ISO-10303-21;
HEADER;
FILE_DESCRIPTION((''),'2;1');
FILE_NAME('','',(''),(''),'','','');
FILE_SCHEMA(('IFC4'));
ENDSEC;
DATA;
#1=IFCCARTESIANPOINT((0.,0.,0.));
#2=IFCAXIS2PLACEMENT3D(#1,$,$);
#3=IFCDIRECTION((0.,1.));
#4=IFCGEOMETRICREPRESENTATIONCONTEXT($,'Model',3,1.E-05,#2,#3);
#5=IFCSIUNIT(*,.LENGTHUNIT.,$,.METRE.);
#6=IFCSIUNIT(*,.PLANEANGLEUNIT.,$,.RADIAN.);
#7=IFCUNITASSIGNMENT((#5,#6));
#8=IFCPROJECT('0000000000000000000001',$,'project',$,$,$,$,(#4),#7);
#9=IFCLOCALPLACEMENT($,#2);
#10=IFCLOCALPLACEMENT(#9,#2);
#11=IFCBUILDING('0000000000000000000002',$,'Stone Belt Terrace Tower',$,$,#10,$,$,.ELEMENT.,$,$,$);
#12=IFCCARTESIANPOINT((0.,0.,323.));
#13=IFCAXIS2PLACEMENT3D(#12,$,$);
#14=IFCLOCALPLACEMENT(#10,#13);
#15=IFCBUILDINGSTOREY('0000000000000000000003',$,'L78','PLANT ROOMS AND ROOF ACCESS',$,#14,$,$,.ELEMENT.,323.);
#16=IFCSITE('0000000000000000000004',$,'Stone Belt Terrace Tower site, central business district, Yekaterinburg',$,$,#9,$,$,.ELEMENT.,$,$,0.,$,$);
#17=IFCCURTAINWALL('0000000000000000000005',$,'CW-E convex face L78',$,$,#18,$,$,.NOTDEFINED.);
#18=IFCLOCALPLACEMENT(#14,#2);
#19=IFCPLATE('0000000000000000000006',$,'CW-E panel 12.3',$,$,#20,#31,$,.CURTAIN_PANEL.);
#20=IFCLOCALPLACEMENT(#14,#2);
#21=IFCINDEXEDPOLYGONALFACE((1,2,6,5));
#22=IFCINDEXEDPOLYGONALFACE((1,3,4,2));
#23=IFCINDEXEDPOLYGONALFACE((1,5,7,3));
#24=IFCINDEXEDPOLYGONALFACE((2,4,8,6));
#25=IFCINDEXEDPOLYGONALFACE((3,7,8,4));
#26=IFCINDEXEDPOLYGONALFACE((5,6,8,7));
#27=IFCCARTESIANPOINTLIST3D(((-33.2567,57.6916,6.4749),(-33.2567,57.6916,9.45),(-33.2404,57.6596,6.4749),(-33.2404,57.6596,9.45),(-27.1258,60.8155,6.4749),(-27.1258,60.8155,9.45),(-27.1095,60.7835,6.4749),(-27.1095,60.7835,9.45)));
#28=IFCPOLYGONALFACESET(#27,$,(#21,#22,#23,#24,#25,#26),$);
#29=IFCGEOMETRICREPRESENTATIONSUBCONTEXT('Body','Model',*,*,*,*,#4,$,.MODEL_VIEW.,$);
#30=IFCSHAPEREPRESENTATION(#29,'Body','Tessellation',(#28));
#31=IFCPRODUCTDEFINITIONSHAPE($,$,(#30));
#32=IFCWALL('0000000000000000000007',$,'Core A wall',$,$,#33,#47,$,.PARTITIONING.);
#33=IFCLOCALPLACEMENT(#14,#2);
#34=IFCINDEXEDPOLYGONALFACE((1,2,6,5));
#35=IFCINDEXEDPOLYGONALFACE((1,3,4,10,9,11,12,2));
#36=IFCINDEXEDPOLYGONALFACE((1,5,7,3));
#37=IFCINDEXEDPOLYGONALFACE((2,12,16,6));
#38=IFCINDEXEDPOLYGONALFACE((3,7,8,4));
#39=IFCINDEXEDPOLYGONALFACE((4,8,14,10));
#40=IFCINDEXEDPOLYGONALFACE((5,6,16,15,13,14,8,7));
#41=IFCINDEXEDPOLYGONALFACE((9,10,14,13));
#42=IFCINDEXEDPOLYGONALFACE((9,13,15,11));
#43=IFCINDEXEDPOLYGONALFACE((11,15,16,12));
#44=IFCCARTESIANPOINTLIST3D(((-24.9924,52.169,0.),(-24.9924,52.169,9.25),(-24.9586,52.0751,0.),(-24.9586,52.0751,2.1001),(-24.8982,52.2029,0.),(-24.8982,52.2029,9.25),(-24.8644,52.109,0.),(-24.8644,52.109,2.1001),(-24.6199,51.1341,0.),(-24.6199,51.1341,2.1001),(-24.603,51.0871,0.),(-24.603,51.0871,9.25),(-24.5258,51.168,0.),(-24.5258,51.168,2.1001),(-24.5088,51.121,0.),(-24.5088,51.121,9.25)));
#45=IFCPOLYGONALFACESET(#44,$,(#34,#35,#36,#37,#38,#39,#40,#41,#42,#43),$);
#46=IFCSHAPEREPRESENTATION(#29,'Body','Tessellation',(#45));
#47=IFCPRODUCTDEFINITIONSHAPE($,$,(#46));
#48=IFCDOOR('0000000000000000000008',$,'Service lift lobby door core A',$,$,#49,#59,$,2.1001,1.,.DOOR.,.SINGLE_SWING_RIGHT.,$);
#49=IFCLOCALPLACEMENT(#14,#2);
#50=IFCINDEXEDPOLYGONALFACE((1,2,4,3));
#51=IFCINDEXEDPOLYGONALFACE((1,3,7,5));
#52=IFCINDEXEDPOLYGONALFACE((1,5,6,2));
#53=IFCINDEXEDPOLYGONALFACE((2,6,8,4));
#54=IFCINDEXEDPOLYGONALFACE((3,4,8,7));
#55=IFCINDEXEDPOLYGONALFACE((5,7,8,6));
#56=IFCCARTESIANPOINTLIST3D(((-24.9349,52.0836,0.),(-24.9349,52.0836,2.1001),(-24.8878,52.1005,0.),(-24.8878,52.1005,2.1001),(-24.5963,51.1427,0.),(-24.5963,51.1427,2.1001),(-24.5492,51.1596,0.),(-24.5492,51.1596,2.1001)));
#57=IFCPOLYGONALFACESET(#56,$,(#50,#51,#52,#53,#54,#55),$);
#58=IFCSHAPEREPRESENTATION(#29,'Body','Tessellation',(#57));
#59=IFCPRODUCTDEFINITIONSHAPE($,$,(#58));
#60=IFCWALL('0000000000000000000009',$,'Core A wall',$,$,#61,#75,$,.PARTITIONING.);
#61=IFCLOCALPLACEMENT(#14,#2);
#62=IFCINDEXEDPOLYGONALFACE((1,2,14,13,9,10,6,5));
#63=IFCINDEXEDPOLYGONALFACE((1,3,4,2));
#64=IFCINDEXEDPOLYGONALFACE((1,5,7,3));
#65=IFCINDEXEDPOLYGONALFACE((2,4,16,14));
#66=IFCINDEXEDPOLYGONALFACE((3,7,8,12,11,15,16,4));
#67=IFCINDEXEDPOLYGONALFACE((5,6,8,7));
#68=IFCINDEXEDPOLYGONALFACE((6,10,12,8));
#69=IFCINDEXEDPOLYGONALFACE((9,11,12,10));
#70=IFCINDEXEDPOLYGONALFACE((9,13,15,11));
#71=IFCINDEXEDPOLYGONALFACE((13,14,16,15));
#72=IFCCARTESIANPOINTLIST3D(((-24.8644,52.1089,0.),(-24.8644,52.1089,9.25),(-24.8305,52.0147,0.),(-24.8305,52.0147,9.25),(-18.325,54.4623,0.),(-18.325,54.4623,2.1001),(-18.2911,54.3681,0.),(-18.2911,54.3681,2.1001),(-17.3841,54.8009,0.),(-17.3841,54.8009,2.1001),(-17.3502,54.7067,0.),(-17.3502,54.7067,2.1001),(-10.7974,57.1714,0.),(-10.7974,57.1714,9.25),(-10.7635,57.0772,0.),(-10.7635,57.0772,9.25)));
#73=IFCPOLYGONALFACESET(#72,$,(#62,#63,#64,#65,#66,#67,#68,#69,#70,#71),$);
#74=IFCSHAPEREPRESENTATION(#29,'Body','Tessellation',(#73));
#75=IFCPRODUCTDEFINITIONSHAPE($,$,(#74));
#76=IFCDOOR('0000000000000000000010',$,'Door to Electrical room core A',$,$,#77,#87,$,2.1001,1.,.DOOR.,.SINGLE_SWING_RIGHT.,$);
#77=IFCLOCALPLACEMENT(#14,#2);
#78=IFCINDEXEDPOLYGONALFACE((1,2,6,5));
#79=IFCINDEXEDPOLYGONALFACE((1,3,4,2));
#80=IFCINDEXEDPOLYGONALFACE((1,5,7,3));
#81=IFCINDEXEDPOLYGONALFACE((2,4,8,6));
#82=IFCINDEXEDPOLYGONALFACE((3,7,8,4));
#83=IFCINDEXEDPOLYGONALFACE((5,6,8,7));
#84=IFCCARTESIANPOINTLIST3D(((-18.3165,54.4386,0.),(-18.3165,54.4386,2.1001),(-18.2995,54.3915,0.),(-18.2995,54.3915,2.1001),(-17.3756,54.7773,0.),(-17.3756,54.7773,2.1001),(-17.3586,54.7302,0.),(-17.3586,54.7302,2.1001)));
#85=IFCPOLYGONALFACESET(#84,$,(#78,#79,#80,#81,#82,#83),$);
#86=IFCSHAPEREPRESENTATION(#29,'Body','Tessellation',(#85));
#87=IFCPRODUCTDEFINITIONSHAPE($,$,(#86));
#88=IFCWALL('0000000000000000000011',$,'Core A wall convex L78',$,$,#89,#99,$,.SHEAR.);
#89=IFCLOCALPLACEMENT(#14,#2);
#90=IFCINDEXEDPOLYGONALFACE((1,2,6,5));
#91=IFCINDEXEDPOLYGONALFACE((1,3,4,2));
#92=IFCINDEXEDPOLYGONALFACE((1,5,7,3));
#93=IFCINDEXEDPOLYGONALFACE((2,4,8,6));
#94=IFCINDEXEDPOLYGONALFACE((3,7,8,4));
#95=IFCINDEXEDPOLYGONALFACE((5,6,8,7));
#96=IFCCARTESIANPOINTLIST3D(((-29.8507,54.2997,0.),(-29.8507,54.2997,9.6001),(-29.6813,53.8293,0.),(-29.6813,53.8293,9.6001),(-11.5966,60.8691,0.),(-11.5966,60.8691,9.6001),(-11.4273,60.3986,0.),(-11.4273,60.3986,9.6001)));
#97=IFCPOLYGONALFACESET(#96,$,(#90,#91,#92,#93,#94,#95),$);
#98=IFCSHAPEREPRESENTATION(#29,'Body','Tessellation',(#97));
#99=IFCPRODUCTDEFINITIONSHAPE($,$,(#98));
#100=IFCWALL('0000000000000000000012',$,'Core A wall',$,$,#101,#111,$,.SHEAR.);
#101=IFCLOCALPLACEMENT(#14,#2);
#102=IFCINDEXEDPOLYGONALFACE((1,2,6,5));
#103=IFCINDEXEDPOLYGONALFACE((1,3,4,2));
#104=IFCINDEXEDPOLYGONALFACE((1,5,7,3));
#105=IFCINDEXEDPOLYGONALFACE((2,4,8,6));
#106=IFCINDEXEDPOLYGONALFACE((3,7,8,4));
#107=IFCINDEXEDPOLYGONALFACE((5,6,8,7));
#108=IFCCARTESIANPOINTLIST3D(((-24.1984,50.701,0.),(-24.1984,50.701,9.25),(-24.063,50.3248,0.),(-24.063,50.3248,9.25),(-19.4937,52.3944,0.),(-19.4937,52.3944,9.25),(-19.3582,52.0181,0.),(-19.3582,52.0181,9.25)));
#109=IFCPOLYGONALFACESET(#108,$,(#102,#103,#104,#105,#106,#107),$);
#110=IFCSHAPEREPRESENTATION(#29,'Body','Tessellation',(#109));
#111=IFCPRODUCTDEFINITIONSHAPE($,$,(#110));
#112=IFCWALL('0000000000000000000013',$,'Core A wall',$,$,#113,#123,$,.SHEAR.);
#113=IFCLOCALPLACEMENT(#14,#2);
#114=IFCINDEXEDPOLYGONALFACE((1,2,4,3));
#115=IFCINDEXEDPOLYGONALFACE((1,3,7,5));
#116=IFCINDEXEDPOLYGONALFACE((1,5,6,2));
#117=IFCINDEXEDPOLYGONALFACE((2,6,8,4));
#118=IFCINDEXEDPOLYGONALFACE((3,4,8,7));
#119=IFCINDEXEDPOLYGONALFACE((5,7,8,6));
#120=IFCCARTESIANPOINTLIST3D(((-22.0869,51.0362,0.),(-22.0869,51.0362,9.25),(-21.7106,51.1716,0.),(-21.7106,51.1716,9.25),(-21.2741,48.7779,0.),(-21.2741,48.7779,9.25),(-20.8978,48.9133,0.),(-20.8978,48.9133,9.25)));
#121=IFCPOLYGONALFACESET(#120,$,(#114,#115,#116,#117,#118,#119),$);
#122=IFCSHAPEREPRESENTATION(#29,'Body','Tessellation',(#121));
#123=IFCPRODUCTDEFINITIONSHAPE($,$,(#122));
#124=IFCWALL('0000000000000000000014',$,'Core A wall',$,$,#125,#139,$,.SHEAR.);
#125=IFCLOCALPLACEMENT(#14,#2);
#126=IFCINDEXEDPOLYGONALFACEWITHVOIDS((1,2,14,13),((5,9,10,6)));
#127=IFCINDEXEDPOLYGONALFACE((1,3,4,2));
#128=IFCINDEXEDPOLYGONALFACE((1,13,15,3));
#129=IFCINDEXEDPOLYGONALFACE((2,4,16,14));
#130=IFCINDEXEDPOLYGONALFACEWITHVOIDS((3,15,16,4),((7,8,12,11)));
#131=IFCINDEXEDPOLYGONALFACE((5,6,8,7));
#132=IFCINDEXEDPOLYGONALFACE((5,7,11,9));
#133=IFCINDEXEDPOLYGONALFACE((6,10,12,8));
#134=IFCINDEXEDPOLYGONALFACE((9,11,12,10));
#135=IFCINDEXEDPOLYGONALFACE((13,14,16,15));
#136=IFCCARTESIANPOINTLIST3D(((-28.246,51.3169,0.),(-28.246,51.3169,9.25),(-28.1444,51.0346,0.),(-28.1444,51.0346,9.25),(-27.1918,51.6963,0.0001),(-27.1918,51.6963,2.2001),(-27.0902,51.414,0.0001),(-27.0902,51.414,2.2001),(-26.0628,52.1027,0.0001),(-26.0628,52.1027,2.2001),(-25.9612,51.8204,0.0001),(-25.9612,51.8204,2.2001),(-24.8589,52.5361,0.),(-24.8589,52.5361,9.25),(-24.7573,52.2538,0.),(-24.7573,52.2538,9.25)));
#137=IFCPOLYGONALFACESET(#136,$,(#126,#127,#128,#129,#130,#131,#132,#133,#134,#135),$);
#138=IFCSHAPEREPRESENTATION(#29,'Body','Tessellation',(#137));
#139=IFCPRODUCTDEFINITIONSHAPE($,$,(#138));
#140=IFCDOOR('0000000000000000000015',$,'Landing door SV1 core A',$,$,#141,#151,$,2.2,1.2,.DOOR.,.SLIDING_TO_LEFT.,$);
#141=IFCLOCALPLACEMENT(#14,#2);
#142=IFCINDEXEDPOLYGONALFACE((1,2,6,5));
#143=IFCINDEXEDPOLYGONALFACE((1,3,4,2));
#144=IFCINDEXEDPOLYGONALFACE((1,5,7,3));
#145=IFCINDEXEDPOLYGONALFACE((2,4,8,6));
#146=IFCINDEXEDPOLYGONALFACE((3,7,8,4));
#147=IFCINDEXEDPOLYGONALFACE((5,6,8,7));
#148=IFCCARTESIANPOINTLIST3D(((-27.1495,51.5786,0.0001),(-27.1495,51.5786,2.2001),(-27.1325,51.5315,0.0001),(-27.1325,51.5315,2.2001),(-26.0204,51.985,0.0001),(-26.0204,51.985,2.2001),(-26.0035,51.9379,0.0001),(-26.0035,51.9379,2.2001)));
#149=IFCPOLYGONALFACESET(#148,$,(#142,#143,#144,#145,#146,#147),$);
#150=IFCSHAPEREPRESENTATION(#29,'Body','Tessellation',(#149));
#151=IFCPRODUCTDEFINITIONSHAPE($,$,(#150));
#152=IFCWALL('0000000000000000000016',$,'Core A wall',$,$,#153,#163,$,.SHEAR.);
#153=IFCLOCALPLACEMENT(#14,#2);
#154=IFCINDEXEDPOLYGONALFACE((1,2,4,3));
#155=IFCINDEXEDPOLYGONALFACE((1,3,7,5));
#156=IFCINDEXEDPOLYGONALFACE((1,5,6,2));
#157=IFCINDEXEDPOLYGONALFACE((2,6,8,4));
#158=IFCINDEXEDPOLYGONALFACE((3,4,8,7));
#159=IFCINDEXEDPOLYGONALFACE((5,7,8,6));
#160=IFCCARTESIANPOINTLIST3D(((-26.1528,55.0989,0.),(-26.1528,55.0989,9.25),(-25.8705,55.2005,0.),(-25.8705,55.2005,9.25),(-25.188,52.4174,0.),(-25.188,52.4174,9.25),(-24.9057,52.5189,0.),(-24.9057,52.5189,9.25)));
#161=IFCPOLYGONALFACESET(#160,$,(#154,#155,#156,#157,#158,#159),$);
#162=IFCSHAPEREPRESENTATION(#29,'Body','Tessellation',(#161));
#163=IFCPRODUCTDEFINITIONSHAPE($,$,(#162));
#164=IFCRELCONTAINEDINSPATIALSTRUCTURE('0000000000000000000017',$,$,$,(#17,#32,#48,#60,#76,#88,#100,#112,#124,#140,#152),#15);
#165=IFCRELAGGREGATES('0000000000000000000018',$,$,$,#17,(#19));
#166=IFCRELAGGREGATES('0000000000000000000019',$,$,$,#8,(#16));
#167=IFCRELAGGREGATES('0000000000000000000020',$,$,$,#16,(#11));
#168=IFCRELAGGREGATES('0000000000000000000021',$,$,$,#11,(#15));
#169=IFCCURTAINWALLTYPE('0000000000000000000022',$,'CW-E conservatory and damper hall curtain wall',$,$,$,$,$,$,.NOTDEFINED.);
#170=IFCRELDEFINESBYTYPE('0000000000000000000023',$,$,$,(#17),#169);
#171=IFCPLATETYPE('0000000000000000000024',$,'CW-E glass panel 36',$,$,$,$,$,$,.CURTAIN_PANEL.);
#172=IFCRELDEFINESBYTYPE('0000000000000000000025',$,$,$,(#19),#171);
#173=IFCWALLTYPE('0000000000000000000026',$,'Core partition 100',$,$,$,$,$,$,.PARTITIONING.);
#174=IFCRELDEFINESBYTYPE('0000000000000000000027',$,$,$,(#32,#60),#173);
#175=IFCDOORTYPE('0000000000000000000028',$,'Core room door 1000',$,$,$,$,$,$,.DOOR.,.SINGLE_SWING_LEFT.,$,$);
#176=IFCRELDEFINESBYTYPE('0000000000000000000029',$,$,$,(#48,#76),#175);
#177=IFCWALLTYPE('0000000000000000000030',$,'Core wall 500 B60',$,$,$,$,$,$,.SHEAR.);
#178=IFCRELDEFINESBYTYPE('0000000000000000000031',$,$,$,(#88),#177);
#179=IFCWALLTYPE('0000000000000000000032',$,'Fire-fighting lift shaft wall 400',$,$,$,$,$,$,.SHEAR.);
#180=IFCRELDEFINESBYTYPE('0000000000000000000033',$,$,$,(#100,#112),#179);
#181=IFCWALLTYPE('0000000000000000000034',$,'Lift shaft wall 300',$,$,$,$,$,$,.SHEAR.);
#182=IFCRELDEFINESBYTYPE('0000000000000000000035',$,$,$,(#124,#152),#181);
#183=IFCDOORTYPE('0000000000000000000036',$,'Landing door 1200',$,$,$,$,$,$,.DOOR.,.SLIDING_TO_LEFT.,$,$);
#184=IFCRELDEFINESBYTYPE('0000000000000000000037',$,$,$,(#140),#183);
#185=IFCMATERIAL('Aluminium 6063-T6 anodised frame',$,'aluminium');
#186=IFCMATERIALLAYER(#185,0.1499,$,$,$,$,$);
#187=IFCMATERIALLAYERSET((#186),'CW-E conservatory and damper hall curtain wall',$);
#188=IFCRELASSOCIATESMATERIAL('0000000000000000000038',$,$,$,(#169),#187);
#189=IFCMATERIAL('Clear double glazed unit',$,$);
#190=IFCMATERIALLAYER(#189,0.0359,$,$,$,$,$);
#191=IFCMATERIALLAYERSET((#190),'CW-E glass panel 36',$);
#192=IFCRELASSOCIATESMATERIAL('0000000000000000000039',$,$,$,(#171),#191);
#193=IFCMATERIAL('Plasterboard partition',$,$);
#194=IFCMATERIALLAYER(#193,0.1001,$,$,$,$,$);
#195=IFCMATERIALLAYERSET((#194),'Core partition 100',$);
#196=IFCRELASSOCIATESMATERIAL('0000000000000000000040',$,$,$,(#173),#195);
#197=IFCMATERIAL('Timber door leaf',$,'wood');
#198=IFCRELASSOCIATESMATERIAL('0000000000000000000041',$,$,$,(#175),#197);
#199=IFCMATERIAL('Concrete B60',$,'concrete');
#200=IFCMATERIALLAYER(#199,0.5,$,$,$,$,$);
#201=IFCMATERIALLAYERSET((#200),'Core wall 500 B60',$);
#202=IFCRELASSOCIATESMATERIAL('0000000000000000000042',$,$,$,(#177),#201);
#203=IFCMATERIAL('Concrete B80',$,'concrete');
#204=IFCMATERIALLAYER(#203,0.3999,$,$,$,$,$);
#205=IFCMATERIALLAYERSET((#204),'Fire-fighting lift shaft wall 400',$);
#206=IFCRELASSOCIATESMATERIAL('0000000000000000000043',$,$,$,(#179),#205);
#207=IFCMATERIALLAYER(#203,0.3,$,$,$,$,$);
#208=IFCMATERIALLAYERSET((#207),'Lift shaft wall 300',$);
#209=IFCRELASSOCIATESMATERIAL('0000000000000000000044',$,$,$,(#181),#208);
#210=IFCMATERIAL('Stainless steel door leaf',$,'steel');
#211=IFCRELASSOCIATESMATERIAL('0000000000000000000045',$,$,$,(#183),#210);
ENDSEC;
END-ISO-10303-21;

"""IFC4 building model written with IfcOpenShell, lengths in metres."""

from ifc_helpers import new_model, si_unit, direction, frame, frame_2d, origin, origin_2d, place, context, subcontext, project, spatial, rectangle, extrude, material, layer, layer_set, type_object, element, fill, aggregate, save


model = new_model("IFC4")

# Units and contexts
model_context = context("Model", 3, precision=1e-05, world=origin(), true_north=direction((0.0, 1.0)))
body_context = subcontext(model_context, "Body", "Model", "MODEL_VIEW")
ifc_project = project(units=[si_unit("LENGTHUNIT", "METRE"), si_unit("PLANEANGLEUNIT", "RADIAN")], contexts=[model_context])

# Site, building, storey
site_placement = place(None, origin())
site = spatial("IfcSite", under=ifc_project, at=site_placement, Name="Stone Belt Terrace Tower site, central business district, Yekaterinburg", CompositionType="ELEMENT", RefElevation=0.0)
building_placement = place(site_placement, origin())
building = spatial("IfcBuilding", under=site, at=building_placement, Name="Stone Belt Terrace Tower", CompositionType="ELEMENT")
storey_placement = place(building_placement, frame((0.0, 0.0, 323.0)))
storey = spatial("IfcBuildingStorey", under=building, at=storey_placement, Name="L78", Description="PLANT ROOMS AND ROOF ACCESS", CompositionType="ELEMENT", Elevation=323.0)

# Shared definitions
ifc_material_1 = material(Name="Concrete B60", Category="concrete")

# Curtain wall, plate
ifc_material_2 = material(Name="Aluminium 6063-T6 anodised frame", Category="aluminium")
ifc_layer_1 = layer(ifc_material_2, 0.1499)
ifc_layer_set_1 = layer_set([ifc_layer_1], Name="CW-E conservatory and damper hall curtain wall")
curtain_wall_type = type_object("IfcCurtainWallType", Name="CW-E conservatory and damper hall curtain wall", PredefinedType="NOTDEFINED", material=ifc_layer_set_1)
curtain_wall_placement = place(storey_placement, origin())
curtain_wall = element("IfcCurtainWall", 1, at=curtain_wall_placement, inside=storey, type_object=curtain_wall_type, Name="CW-E convex face L78", PredefinedType="NOTDEFINED")
ifc_material_3 = material(Name="Clear double glazed unit")
ifc_layer_2 = layer(ifc_material_3, 0.0359)
ifc_layer_set_2 = layer_set([ifc_layer_2], Name="CW-E glass panel 36")
plate_type = type_object("IfcPlateType", Name="CW-E glass panel 36", PredefinedType="CURTAIN_PANEL", material=ifc_layer_set_2)
plate_1_placement = place(storey_placement, frame((-30.1831, 59.2375, 6.4749), z_axis=(0.0, 0.0, 1.0), x_axis=(-0.891007, -0.45399, 0.0)))
plate_1 = element("IfcPlate", 2, at=plate_1_placement, type_object=plate_type, Name="CW-E panel 12.3", PredefinedType="CURTAIN_PANEL", context=body_context, shape_type="SweptSolid", body=[
    extrude(rectangle(XDim=6.8809, YDim=0.0359, at=origin_2d()), origin(), (0.0, 0.0, 1.0), 2.9751),
])
aggregate(curtain_wall, [plate_1])

# Walls, openings, doors
ifc_material_4 = material(Name="Plasterboard partition")
ifc_layer_3 = layer(ifc_material_4, 0.1001)
ifc_layer_set_3 = layer_set([ifc_layer_3], Name="Core partition 100")
wall_type_1 = type_object("IfcWallType", Name="Core partition 100", PredefinedType="PARTITIONING", material=ifc_layer_set_3)
wall_1_placement = place(storey_placement, frame((-24.5559, 51.104, 0.0), z_axis=(0.0, 0.0, 1.0), x_axis=(-0.338622, 0.940923, 0.0)))
wall_1 = element("IfcWall", 3, at=wall_1_placement, inside=storey, type_object=wall_type_1, Name="Core A wall", PredefinedType="PARTITIONING", context=body_context, shape_type="SweptSolid", body=[
    extrude(rectangle(XDim=1.1499, YDim=0.1001, at=frame_2d((0.575, 0.0))), origin(), (0.0, 0.0, 1.0), 9.25),
])
opening_1_placement = place(wall_1_placement, frame((0.05, 0.0, 0.0)))
opening_1 = element("IfcOpeningElement", 4, at=opening_1_placement, cuts=wall_1, PredefinedType="OPENING", context=body_context, shape_type="SweptSolid", body=[
    extrude(rectangle(XDim=1.0, YDim=2.1001, at=frame_2d((0.5, 1.05))), frame((0.0, 0.0601, 0.0), z_axis=(0.0, -1.0, 0.0), x_axis=(1.0, 0.0, 0.0)), (0.0, 0.0, 1.0), 0.1201),
])
ifc_material_5 = material(Name="Timber door leaf", Category="wood")
door_type_1 = type_object("IfcDoorType", Name="Core room door 1000", OperationType="SINGLE_SWING_LEFT", PredefinedType="DOOR", material=ifc_material_5)
door_1_placement = place(opening_1_placement, origin())
door_1 = element("IfcDoor", 5, at=door_1_placement, inside=storey, type_object=door_type_1, Name="Service lift lobby door core A", OperationType="SINGLE_SWING_RIGHT", OverallHeight=2.1001, OverallWidth=1.0, PredefinedType="DOOR", context=body_context, shape_type="SweptSolid", body=[
    extrude(rectangle(XDim=1.0, YDim=2.1001, at=frame_2d((0.5, 1.05))), frame((0.0, 0.0249, 0.0), z_axis=(0.0, -1.0, 0.0), x_axis=(1.0, 0.0, 0.0)), (0.0, 0.0, 1.0), 0.05),
])
fill(opening_1, door_1)
wall_2_placement = place(storey_placement, frame((-24.8474, 52.0618, 0.0), z_axis=(0.0, 0.0, 1.0), x_axis=(0.940921, 0.338626, 0.0)))
wall_2 = element("IfcWall", 6, at=wall_2_placement, inside=storey, type_object=wall_type_1, Name="Core A wall", PredefinedType="PARTITIONING", context=body_context, shape_type="SweptSolid", body=[
    extrude(rectangle(XDim=14.9502, YDim=0.1001, at=frame_2d((7.4751, 0.0))), origin(), (0.0, 0.0, 1.0), 9.25),
])
opening_2_placement = place(wall_2_placement, frame((6.95, 0.0, 0.0)))
opening_2 = element("IfcOpeningElement", 7, at=opening_2_placement, cuts=wall_2, PredefinedType="OPENING", context=body_context, shape_type="SweptSolid", body=[
    extrude(rectangle(XDim=1.0, YDim=2.1001, at=frame_2d((0.5, 1.05))), frame((0.0, 0.0601, 0.0), z_axis=(0.0, -1.0, 0.0), x_axis=(1.0, 0.0, 0.0)), (0.0, 0.0, 1.0), 0.1201),
])
door_2_placement = place(opening_2_placement, origin())
door_2 = element("IfcDoor", 8, at=door_2_placement, inside=storey, type_object=door_type_1, Name="Door to Electrical room core A", OperationType="SINGLE_SWING_RIGHT", OverallHeight=2.1001, OverallWidth=1.0, PredefinedType="DOOR", context=body_context, shape_type="SweptSolid", body=[
    extrude(rectangle(XDim=1.0, YDim=2.1001, at=frame_2d((0.5, 1.05))), frame((0.0, 0.0249, 0.0), z_axis=(0.0, -1.0, 0.0), x_axis=(1.0, 0.0, 0.0)), (0.0, 0.0, 1.0), 0.05),
])
fill(opening_2, door_2)

# Walls
ifc_layer_4 = layer(ifc_material_1, 0.5)
ifc_layer_set_4 = layer_set([ifc_layer_4], Name="Core wall 500 B60")
wall_type_2 = type_object("IfcWallType", Name="Core wall 500 B60", PredefinedType="SHEAR", material=ifc_layer_set_4)
wall_3_placement = place(storey_placement, frame((-29.7661, 54.0645, 0.0), z_axis=(0.0, 0.0, 1.0), x_axis=(0.940921, 0.338625, 0.0)))
element("IfcWall", 9, at=wall_3_placement, inside=storey, type_object=wall_type_2, Name="Core A wall convex L78", PredefinedType="SHEAR", context=body_context, shape_type="SweptSolid", body=[
    extrude(rectangle(XDim=19.4001, YDim=0.5, at=frame_2d((9.7002, 0.0))), origin(), (0.0, 0.0, 1.0), 9.6001),
])
ifc_material_6 = material(Name="Concrete B80", Category="concrete")
ifc_layer_5 = layer(ifc_material_6, 0.3999)
ifc_layer_set_5 = layer_set([ifc_layer_5], Name="Fire-fighting lift shaft wall 400")
wall_type_3 = type_object("IfcWallType", Name="Fire-fighting lift shaft wall 400", PredefinedType="SHEAR", material=ifc_layer_set_5)
wall_4_placement = place(storey_placement, frame((-24.1306, 50.5129, 0.0), z_axis=(0.0, 0.0, 1.0), x_axis=(0.940912, 0.338652, 0.0)))
element("IfcWall", 10, at=wall_4_placement, inside=storey, type_object=wall_type_3, Name="Core A wall", PredefinedType="SHEAR", context=body_context, shape_type="SweptSolid", body=[
    extrude(rectangle(XDim=5.0002, YDim=0.3999, at=frame_2d((2.5, 0.0))), origin(), (0.0, 0.0, 1.0), 9.25),
])
wall_5_placement = place(storey_placement, frame((-21.0859, 48.8455, 0.0), z_axis=(0.0, 0.0, 1.0), x_axis=(-0.338629, 0.94092, 0.0)))
element("IfcWall", 11, at=wall_5_placement, inside=storey, type_object=wall_type_3, Name="Core A wall", PredefinedType="SHEAR", context=body_context, shape_type="SweptSolid", body=[
    extrude(rectangle(XDim=2.4001, YDim=0.3999, at=frame_2d((1.2002, 0.0))), origin(), (0.0, 0.0, 1.0), 9.25),
])

# Wall, opening, door
ifc_layer_6 = layer(ifc_material_6, 0.3)
ifc_layer_set_6 = layer_set([ifc_layer_6], Name="Lift shaft wall 300")
wall_type_4 = type_object("IfcWallType", Name="Lift shaft wall 300", PredefinedType="SHEAR", material=ifc_layer_set_6)
wall_6_placement = place(storey_placement, frame((-28.1951, 51.1758, 0.0), z_axis=(0.0, 0.0, 1.0), x_axis=(0.940901, 0.338681, 0.0)))
wall_6 = element("IfcWall", 12, at=wall_6_placement, inside=storey, type_object=wall_type_4, Name="Core A wall", PredefinedType="SHEAR", context=body_context, shape_type="SweptSolid", body=[
    extrude(rectangle(XDim=3.5999, YDim=0.3, at=frame_2d((1.7998, 0.0))), origin(), (0.0, 0.0, 1.0), 9.25),
])
opening_3_placement = place(wall_6_placement, frame((1.1201, 0.0, 0.0)))
opening_3 = element("IfcOpeningElement", 13, at=opening_3_placement, cuts=wall_6, PredefinedType="OPENING", context=body_context, shape_type="SweptSolid", body=[
    extrude(rectangle(XDim=1.2, YDim=2.2, at=frame_2d((0.6001, 1.1001))), frame((0.0, 0.1599, 0.0), z_axis=(0.0, -1.0, 0.0), x_axis=(1.0, 0.0, 0.0)), (0.0, 0.0, 1.0), 0.3201),
])
ifc_material_7 = material(Name="Stainless steel door leaf", Category="steel")
door_type_2 = type_object("IfcDoorType", Name="Landing door 1200", OperationType="SLIDING_TO_LEFT", PredefinedType="DOOR", material=ifc_material_7)
door_3_placement = place(opening_3_placement, origin())
door_3 = element("IfcDoor", 14, at=door_3_placement, inside=storey, type_object=door_type_2, Name="Landing door SV1 core A", OperationType="SLIDING_TO_LEFT", OverallHeight=2.2, OverallWidth=1.2, PredefinedType="DOOR", context=body_context, shape_type="SweptSolid", body=[
    extrude(rectangle(XDim=1.2, YDim=2.2, at=frame_2d((0.6001, 1.1001))), frame((0.0, 0.0249, 0.0), z_axis=(0.0, -1.0, 0.0), x_axis=(1.0, 0.0, 0.0)), (0.0, 0.0, 1.0), 0.05),
])
fill(opening_3, door_3)

# Wall
wall_7_placement = place(storey_placement, frame((-25.0469, 52.4683, 0.0), z_axis=(0.0, 0.0, 1.0), x_axis=(-0.33855, 0.940949, 0.0)))
element("IfcWall", 15, at=wall_7_placement, inside=storey, type_object=wall_type_4, Name="Core A wall", PredefinedType="SHEAR", context=body_context, shape_type="SweptSolid", body=[
    extrude(rectangle(XDim=2.8499, YDim=0.3, at=frame_2d((1.4248, 0.0))), origin(), (0.0, 0.0, 1.0), 9.25),
])

save(model, "model.ifc")
